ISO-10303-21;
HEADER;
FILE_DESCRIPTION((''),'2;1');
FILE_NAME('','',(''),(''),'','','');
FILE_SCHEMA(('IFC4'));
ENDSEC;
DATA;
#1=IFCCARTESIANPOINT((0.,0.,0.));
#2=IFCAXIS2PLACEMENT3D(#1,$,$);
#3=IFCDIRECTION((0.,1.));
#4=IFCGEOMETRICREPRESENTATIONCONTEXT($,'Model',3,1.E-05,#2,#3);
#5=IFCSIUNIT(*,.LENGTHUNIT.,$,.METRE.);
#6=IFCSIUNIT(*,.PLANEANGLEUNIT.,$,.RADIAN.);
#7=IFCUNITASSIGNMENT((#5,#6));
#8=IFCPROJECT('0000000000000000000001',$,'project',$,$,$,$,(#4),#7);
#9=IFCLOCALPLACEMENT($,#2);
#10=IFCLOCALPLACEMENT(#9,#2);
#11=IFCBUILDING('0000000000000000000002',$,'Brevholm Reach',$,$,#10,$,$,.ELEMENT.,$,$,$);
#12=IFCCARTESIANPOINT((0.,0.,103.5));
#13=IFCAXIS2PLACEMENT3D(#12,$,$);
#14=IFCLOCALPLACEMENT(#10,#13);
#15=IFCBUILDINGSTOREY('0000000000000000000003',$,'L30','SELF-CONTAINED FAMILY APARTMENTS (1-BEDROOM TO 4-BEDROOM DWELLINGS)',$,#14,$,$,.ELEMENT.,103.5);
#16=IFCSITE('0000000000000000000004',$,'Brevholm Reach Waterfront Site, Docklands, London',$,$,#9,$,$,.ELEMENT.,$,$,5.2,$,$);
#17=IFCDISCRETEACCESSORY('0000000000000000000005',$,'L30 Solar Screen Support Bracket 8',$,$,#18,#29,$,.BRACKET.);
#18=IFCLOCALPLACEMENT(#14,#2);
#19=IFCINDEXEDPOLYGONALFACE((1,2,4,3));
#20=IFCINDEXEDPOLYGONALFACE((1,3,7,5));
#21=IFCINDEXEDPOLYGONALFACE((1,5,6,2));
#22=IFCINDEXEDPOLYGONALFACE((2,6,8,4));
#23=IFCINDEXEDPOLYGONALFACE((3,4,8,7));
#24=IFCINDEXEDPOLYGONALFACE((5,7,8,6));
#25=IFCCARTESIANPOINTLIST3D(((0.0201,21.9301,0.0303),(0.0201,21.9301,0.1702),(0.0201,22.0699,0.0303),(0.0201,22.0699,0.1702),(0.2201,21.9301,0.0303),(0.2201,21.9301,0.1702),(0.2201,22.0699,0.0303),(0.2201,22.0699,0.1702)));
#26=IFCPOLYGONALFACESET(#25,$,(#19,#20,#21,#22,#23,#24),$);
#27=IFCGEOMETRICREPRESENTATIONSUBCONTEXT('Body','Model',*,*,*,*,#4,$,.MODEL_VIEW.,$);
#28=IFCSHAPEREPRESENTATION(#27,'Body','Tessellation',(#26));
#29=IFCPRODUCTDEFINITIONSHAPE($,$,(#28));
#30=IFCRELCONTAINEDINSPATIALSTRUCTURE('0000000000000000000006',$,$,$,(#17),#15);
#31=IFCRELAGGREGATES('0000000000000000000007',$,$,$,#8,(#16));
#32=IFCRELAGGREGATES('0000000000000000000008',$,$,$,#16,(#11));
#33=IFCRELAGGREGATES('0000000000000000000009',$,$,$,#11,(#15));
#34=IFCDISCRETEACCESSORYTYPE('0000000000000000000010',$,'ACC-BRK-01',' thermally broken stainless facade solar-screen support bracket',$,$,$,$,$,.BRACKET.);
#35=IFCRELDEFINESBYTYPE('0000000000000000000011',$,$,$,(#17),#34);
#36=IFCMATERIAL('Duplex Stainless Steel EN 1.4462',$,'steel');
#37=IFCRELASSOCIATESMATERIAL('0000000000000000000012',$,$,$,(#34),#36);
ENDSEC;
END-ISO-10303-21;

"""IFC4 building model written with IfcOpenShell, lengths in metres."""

from ifc_helpers import new_model, si_unit, direction, frame, origin, origin_2d, place, context, subcontext, project, spatial, rectangle, extrude, material, type_object, element, save


model = new_model("IFC4")

# Units and contexts
model_context = context("Model", 3, precision=1e-05, world=origin(), true_north=direction((0.0, 1.0)))
body_context = subcontext(model_context, "Body", "Model", "MODEL_VIEW")
ifc_project = project(units=[si_unit("LENGTHUNIT", "METRE"), si_unit("PLANEANGLEUNIT", "RADIAN")], contexts=[model_context])

# Site, building, storey
site_placement = place(None, origin())
site = spatial("IfcSite", under=ifc_project, at=site_placement, Name="Brevholm Reach Waterfront Site, Docklands, London", CompositionType="ELEMENT", RefElevation=5.2)
building_placement = place(site_placement, origin())
building = spatial("IfcBuilding", under=site, at=building_placement, Name="Brevholm Reach", CompositionType="ELEMENT")
storey_placement = place(building_placement, frame((0.0, 0.0, 103.5)))
storey = spatial("IfcBuildingStorey", under=building, at=storey_placement, Name="L30", Description="SELF-CONTAINED FAMILY APARTMENTS (1-BEDROOM TO 4-BEDROOM DWELLINGS)", CompositionType="ELEMENT", Elevation=103.5)

# Discrete accessory
ifc_material_1 = material(Name="Duplex Stainless Steel EN 1.4462", Category="steel")
discrete_accessory_type = type_object("IfcDiscreteAccessoryType", Name="ACC-BRK-01", Description=" thermally broken stainless facade solar-screen support bracket", PredefinedType="BRACKET", material=ifc_material_1)
for number, where, z_axis, x_axis, name in (
    (1, (0.1201, 22.0, 0.0303), (0.0, 0.0, 1.0), (-1.0, 0.0, 0.0), "L30 Solar Screen Support Bracket 8"),
):
    element("IfcDiscreteAccessory", number, at=place(storey_placement, frame(where, z_axis=z_axis, x_axis=x_axis)), inside=storey, type_object=discrete_accessory_type, Name=name, PredefinedType="BRACKET", context=body_context, shape_type="SweptSolid", body=[
        extrude(rectangle(XDim=0.2, YDim=0.1399, at=origin_2d()), origin(), (0.0, 0.0, 1.0), 0.1399),
    ])

save(model, "model.ifc")
